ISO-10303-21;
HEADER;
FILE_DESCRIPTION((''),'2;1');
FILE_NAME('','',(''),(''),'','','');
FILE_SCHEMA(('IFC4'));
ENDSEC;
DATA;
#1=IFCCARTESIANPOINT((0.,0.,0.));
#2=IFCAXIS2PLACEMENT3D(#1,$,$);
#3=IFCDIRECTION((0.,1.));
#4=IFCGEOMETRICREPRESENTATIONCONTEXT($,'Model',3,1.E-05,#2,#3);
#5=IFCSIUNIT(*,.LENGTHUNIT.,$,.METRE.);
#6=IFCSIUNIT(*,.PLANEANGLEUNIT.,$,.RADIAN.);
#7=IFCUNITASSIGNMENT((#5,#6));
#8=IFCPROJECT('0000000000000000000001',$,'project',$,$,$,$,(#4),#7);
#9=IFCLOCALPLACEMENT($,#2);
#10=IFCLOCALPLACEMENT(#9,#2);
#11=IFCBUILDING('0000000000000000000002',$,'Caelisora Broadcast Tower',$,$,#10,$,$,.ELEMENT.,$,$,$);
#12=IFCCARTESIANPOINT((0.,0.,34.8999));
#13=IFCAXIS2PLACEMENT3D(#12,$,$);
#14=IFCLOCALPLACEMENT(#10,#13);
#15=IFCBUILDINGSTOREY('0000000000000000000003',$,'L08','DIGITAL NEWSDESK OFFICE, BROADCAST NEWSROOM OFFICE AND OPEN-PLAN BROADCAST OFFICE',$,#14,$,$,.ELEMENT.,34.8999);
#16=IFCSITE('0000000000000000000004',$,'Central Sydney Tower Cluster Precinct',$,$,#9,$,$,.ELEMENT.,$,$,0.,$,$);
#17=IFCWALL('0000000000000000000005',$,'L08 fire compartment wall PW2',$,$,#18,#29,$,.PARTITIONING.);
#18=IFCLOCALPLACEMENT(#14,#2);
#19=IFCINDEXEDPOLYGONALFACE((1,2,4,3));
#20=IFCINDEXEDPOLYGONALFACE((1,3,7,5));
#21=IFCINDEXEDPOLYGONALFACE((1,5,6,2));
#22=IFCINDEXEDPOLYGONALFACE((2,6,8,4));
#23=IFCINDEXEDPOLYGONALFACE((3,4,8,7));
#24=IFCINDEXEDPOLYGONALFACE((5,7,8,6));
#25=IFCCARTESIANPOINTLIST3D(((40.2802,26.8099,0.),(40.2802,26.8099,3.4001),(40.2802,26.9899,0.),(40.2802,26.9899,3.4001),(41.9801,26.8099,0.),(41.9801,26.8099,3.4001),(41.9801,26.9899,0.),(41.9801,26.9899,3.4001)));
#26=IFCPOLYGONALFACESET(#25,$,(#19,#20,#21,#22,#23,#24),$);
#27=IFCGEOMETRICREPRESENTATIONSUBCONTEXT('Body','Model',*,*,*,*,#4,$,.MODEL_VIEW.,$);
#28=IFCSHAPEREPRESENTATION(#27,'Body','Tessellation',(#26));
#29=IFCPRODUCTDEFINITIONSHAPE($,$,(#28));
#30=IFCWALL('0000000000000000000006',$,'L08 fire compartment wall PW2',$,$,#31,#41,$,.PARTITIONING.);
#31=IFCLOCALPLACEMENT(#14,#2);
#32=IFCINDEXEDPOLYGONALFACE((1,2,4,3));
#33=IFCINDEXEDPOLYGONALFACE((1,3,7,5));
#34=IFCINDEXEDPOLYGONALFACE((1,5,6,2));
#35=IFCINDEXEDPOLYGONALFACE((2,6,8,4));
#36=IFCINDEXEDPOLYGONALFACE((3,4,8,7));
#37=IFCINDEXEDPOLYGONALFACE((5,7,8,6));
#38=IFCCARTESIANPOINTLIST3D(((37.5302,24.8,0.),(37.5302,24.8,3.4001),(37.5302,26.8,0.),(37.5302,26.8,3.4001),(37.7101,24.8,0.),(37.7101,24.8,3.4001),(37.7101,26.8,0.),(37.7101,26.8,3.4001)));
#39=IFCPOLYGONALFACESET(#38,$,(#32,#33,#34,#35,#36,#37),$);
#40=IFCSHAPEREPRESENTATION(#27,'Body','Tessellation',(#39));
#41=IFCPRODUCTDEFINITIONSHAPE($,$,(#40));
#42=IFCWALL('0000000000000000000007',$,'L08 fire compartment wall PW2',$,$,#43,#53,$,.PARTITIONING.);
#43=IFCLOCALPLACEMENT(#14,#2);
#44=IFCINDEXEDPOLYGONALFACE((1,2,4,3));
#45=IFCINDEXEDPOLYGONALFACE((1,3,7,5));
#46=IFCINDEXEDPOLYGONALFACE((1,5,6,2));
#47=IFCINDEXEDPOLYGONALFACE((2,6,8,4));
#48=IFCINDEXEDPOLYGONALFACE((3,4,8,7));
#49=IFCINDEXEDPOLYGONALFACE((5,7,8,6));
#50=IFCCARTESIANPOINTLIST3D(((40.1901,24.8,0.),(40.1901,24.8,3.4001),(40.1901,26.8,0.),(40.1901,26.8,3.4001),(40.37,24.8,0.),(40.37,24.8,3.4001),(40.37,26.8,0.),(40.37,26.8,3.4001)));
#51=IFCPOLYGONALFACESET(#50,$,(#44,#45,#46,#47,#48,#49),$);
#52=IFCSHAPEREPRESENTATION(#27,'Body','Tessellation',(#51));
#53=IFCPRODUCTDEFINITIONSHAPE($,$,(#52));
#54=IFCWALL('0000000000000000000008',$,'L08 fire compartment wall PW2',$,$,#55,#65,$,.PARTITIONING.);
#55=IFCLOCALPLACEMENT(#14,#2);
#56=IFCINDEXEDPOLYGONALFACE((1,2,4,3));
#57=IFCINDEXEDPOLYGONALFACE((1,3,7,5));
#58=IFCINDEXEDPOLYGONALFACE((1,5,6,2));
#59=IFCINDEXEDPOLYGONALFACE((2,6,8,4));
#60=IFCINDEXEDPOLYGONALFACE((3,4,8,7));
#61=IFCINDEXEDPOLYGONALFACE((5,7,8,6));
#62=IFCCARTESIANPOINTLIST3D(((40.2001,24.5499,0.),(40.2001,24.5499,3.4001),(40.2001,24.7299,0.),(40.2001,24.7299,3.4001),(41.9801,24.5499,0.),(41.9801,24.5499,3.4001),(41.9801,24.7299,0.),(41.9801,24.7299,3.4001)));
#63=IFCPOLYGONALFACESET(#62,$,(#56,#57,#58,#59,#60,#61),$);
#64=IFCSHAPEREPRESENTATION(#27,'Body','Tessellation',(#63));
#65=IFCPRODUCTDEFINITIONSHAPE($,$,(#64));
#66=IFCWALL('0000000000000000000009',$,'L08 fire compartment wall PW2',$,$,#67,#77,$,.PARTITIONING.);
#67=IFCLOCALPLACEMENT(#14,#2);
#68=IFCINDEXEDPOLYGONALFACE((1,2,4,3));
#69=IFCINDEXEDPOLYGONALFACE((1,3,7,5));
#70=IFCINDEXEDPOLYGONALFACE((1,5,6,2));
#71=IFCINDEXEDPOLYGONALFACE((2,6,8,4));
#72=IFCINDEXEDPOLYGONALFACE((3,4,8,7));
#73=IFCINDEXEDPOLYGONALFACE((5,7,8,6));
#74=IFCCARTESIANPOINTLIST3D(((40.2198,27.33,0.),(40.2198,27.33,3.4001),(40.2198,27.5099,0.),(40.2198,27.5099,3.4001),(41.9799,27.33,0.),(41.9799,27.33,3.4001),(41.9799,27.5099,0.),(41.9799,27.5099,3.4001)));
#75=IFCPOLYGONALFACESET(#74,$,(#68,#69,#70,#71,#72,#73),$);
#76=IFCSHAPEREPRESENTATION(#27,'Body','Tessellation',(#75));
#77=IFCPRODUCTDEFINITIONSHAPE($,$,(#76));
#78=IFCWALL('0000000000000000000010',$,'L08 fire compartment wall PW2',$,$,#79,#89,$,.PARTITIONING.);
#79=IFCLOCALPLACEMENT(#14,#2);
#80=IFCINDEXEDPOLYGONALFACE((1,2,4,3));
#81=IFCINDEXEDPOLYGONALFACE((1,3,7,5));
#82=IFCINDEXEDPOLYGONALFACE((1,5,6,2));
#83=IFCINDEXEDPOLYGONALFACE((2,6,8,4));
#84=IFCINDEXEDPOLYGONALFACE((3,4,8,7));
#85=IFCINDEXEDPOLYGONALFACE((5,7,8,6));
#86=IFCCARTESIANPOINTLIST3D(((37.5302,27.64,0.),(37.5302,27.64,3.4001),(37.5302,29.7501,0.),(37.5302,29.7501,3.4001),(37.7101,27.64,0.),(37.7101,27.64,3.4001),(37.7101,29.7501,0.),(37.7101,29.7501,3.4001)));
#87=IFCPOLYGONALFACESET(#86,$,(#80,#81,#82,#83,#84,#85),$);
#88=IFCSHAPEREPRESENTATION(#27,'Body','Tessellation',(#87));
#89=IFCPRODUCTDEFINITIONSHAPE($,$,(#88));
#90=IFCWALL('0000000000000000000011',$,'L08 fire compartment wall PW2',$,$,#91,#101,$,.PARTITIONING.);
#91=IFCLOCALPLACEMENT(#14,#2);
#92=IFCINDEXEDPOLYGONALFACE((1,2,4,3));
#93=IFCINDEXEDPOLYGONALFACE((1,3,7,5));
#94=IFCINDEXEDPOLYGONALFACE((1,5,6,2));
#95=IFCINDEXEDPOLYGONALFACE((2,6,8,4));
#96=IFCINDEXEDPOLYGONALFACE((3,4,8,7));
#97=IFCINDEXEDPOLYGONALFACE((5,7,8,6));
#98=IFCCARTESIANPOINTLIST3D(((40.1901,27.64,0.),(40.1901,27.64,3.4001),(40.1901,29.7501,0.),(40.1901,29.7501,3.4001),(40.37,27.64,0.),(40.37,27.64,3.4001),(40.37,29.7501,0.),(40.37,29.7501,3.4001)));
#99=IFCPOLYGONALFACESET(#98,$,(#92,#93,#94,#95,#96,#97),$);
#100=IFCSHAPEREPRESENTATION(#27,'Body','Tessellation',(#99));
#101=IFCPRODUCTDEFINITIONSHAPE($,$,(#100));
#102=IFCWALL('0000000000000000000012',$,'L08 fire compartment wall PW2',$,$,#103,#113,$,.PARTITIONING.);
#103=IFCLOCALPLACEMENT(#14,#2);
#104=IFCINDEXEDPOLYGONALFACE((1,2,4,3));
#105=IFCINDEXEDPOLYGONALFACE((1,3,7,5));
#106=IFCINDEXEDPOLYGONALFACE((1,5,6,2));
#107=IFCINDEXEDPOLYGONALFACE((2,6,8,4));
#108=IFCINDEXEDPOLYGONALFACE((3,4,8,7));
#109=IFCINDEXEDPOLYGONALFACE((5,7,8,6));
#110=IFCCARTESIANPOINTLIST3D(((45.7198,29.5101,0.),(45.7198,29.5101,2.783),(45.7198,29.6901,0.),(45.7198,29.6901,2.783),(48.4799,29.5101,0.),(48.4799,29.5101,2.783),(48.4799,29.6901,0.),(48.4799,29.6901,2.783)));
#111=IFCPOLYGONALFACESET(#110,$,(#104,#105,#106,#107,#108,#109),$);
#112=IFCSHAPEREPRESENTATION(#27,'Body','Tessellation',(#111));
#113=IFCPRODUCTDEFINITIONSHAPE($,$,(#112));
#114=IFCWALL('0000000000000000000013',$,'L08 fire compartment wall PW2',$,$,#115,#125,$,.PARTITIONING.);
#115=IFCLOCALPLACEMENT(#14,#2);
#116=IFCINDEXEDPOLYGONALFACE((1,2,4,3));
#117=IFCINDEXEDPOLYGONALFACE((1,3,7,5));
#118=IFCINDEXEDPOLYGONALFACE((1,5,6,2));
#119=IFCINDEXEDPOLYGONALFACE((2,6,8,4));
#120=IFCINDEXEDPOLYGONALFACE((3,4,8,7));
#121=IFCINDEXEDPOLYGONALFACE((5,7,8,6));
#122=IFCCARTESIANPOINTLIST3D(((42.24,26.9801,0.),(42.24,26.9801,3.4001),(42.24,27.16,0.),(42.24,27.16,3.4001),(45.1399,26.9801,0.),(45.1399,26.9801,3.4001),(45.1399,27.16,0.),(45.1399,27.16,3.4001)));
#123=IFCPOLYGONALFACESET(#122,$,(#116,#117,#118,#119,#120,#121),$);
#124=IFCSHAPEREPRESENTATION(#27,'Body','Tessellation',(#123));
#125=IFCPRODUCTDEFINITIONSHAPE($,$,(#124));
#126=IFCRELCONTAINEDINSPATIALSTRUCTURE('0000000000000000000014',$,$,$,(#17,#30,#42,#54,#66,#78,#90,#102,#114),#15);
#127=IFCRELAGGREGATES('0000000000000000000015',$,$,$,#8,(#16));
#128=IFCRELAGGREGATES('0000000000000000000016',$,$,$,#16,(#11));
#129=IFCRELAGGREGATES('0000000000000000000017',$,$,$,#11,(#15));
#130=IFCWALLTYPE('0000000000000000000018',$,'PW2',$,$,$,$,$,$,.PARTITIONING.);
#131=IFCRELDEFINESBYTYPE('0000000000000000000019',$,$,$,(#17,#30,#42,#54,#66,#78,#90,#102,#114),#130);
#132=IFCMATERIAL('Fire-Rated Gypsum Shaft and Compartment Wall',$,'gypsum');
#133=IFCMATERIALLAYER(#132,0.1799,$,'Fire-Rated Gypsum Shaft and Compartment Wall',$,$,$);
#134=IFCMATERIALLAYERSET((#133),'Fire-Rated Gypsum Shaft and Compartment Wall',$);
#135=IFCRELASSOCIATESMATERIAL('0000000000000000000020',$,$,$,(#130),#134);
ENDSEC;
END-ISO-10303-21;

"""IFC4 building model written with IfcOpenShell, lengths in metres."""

from ifc_helpers import new_model, si_unit, direction, frame, frame_2d, origin, place, context, subcontext, project, spatial, rectangle, extrude, material, layer, layer_set, type_object, element, save


model = new_model("IFC4")

# Units and contexts
model_context = context("Model", 3, precision=1e-05, world=origin(), true_north=direction((0.0, 1.0)))
body_context = subcontext(model_context, "Body", "Model", "MODEL_VIEW")
ifc_project = project(units=[si_unit("LENGTHUNIT", "METRE"), si_unit("PLANEANGLEUNIT", "RADIAN")], contexts=[model_context])

# Site, building, storey
site_placement = place(None, origin())
site = spatial("IfcSite", under=ifc_project, at=site_placement, Name="Central Sydney Tower Cluster Precinct", CompositionType="ELEMENT", RefElevation=0.0)
building_placement = place(site_placement, origin())
building = spatial("IfcBuilding", under=site, at=building_placement, Name="Caelisora Broadcast Tower", CompositionType="ELEMENT")
storey_placement = place(building_placement, frame((0.0, 0.0, 34.8999)))
storey = spatial("IfcBuildingStorey", under=building, at=storey_placement, Name="L08", Description="DIGITAL NEWSDESK OFFICE, BROADCAST NEWSROOM OFFICE AND OPEN-PLAN BROADCAST OFFICE", CompositionType="ELEMENT", Elevation=34.8999)

# Walls
ifc_material_1 = material(Name="Fire-Rated Gypsum Shaft and Compartment Wall", Category="gypsum")
ifc_layer_1 = layer(ifc_material_1, 0.1799, Name="Fire-Rated Gypsum Shaft and Compartment Wall")
ifc_layer_set_1 = layer_set([ifc_layer_1], Name="Fire-Rated Gypsum Shaft and Compartment Wall")
wall_type_1 = type_object("IfcWallType", Name="PW2", PredefinedType="PARTITIONING", material=ifc_layer_set_1)
wall_1_placement = place(storey_placement, frame((40.28, 26.8999, 0.0), z_axis=(0.0, 0.0, 1.0), x_axis=(1.0, 0.0, 0.0)))
element("IfcWall", 1, at=wall_1_placement, inside=storey, type_object=wall_type_1, Name="L08 fire compartment wall PW2", PredefinedType="PARTITIONING", context=body_context, shape_type="SweptSolid", body=[
    extrude(rectangle(XDim=1.7, YDim=0.1799, at=frame_2d((0.8501, 0.0))), origin(), (0.0, 0.0, 1.0), 3.4001),
])
for number, where, z_axis, x_axis, name in (
    (2, (37.6201, 24.8, 0.0), (0.0, 0.0, 1.0), (0.0, 1.0, 0.0), "L08 fire compartment wall PW2"),
    (3, (40.28, 24.8, 0.0), (0.0, 0.0, 1.0), (0.0, 1.0, 0.0), "L08 fire compartment wall PW2"),
):
    element("IfcWall", number, at=place(storey_placement, frame(where, z_axis=z_axis, x_axis=x_axis)), inside=storey, type_object=wall_type_1, Name=name, PredefinedType="PARTITIONING", context=body_context, shape_type="SweptSolid", body=[
        extrude(rectangle(XDim=2.0, YDim=0.1799, at=frame_2d((1.0, 0.0))), origin(), (0.0, 0.0, 1.0), 3.4001),
    ])
wall_2_placement = place(storey_placement, frame((40.2, 24.6399, 0.0), z_axis=(0.0, 0.0, 1.0), x_axis=(1.0, 0.0, 0.0)))
element("IfcWall", 4, at=wall_2_placement, inside=storey, type_object=wall_type_1, Name="L08 fire compartment wall PW2", PredefinedType="PARTITIONING", context=body_context, shape_type="SweptSolid", body=[
    extrude(rectangle(XDim=1.78, YDim=0.1799, at=frame_2d((0.8901, 0.0))), origin(), (0.0, 0.0, 1.0), 3.4001),
])
wall_3_placement = place(storey_placement, frame((40.22, 27.4199, 0.0), z_axis=(0.0, 0.0, 1.0), x_axis=(1.0, 0.0, 0.0)))
element("IfcWall", 5, at=wall_3_placement, inside=storey, type_object=wall_type_1, Name="L08 fire compartment wall PW2", PredefinedType="PARTITIONING", context=body_context, shape_type="SweptSolid", body=[
    extrude(rectangle(XDim=1.76, YDim=0.1799, at=frame_2d((0.8799, 0.0))), origin(), (0.0, 0.0, 1.0), 3.4001),
])
for number, where, z_axis, x_axis, name in (
    (6, (37.6201, 27.6399, 0.0), (0.0, 0.0, 1.0), (0.0, 1.0, 0.0), "L08 fire compartment wall PW2"),
    (7, (40.28, 27.6399, 0.0), (0.0, 0.0, 1.0), (0.0, 1.0, 0.0), "L08 fire compartment wall PW2"),
):
    element("IfcWall", number, at=place(storey_placement, frame(where, z_axis=z_axis, x_axis=x_axis)), inside=storey, type_object=wall_type_1, Name=name, PredefinedType="PARTITIONING", context=body_context, shape_type="SweptSolid", body=[
        extrude(rectangle(XDim=2.1101, YDim=0.1799, at=frame_2d((1.0552, 0.0))), origin(), (0.0, 0.0, 1.0), 3.4001),
    ])
wall_4_placement = place(storey_placement, frame((45.72, 29.6001, 0.0), z_axis=(0.0, 0.0, 1.0), x_axis=(1.0, 0.0, 0.0)))
element("IfcWall", 8, at=wall_4_placement, inside=storey, type_object=wall_type_1, Name="L08 fire compartment wall PW2", PredefinedType="PARTITIONING", context=body_context, shape_type="SweptSolid", body=[
    extrude(rectangle(XDim=2.76, YDim=0.1799, at=frame_2d((1.3799, 0.0))), origin(), (0.0, 0.0, 1.0), 2.783),
])
wall_5_placement = place(storey_placement, frame((42.24, 27.0701, 0.0), z_axis=(0.0, 0.0, 1.0), x_axis=(1.0, 0.0, 0.0)))
element("IfcWall", 9, at=wall_5_placement, inside=storey, type_object=wall_type_1, Name="L08 fire compartment wall PW2", PredefinedType="PARTITIONING", context=body_context, shape_type="SweptSolid", body=[
    extrude(rectangle(XDim=2.8999, YDim=0.1799, at=frame_2d((1.45, 0.0))), origin(), (0.0, 0.0, 1.0), 3.4001),
])

save(model, "model.ifc")
